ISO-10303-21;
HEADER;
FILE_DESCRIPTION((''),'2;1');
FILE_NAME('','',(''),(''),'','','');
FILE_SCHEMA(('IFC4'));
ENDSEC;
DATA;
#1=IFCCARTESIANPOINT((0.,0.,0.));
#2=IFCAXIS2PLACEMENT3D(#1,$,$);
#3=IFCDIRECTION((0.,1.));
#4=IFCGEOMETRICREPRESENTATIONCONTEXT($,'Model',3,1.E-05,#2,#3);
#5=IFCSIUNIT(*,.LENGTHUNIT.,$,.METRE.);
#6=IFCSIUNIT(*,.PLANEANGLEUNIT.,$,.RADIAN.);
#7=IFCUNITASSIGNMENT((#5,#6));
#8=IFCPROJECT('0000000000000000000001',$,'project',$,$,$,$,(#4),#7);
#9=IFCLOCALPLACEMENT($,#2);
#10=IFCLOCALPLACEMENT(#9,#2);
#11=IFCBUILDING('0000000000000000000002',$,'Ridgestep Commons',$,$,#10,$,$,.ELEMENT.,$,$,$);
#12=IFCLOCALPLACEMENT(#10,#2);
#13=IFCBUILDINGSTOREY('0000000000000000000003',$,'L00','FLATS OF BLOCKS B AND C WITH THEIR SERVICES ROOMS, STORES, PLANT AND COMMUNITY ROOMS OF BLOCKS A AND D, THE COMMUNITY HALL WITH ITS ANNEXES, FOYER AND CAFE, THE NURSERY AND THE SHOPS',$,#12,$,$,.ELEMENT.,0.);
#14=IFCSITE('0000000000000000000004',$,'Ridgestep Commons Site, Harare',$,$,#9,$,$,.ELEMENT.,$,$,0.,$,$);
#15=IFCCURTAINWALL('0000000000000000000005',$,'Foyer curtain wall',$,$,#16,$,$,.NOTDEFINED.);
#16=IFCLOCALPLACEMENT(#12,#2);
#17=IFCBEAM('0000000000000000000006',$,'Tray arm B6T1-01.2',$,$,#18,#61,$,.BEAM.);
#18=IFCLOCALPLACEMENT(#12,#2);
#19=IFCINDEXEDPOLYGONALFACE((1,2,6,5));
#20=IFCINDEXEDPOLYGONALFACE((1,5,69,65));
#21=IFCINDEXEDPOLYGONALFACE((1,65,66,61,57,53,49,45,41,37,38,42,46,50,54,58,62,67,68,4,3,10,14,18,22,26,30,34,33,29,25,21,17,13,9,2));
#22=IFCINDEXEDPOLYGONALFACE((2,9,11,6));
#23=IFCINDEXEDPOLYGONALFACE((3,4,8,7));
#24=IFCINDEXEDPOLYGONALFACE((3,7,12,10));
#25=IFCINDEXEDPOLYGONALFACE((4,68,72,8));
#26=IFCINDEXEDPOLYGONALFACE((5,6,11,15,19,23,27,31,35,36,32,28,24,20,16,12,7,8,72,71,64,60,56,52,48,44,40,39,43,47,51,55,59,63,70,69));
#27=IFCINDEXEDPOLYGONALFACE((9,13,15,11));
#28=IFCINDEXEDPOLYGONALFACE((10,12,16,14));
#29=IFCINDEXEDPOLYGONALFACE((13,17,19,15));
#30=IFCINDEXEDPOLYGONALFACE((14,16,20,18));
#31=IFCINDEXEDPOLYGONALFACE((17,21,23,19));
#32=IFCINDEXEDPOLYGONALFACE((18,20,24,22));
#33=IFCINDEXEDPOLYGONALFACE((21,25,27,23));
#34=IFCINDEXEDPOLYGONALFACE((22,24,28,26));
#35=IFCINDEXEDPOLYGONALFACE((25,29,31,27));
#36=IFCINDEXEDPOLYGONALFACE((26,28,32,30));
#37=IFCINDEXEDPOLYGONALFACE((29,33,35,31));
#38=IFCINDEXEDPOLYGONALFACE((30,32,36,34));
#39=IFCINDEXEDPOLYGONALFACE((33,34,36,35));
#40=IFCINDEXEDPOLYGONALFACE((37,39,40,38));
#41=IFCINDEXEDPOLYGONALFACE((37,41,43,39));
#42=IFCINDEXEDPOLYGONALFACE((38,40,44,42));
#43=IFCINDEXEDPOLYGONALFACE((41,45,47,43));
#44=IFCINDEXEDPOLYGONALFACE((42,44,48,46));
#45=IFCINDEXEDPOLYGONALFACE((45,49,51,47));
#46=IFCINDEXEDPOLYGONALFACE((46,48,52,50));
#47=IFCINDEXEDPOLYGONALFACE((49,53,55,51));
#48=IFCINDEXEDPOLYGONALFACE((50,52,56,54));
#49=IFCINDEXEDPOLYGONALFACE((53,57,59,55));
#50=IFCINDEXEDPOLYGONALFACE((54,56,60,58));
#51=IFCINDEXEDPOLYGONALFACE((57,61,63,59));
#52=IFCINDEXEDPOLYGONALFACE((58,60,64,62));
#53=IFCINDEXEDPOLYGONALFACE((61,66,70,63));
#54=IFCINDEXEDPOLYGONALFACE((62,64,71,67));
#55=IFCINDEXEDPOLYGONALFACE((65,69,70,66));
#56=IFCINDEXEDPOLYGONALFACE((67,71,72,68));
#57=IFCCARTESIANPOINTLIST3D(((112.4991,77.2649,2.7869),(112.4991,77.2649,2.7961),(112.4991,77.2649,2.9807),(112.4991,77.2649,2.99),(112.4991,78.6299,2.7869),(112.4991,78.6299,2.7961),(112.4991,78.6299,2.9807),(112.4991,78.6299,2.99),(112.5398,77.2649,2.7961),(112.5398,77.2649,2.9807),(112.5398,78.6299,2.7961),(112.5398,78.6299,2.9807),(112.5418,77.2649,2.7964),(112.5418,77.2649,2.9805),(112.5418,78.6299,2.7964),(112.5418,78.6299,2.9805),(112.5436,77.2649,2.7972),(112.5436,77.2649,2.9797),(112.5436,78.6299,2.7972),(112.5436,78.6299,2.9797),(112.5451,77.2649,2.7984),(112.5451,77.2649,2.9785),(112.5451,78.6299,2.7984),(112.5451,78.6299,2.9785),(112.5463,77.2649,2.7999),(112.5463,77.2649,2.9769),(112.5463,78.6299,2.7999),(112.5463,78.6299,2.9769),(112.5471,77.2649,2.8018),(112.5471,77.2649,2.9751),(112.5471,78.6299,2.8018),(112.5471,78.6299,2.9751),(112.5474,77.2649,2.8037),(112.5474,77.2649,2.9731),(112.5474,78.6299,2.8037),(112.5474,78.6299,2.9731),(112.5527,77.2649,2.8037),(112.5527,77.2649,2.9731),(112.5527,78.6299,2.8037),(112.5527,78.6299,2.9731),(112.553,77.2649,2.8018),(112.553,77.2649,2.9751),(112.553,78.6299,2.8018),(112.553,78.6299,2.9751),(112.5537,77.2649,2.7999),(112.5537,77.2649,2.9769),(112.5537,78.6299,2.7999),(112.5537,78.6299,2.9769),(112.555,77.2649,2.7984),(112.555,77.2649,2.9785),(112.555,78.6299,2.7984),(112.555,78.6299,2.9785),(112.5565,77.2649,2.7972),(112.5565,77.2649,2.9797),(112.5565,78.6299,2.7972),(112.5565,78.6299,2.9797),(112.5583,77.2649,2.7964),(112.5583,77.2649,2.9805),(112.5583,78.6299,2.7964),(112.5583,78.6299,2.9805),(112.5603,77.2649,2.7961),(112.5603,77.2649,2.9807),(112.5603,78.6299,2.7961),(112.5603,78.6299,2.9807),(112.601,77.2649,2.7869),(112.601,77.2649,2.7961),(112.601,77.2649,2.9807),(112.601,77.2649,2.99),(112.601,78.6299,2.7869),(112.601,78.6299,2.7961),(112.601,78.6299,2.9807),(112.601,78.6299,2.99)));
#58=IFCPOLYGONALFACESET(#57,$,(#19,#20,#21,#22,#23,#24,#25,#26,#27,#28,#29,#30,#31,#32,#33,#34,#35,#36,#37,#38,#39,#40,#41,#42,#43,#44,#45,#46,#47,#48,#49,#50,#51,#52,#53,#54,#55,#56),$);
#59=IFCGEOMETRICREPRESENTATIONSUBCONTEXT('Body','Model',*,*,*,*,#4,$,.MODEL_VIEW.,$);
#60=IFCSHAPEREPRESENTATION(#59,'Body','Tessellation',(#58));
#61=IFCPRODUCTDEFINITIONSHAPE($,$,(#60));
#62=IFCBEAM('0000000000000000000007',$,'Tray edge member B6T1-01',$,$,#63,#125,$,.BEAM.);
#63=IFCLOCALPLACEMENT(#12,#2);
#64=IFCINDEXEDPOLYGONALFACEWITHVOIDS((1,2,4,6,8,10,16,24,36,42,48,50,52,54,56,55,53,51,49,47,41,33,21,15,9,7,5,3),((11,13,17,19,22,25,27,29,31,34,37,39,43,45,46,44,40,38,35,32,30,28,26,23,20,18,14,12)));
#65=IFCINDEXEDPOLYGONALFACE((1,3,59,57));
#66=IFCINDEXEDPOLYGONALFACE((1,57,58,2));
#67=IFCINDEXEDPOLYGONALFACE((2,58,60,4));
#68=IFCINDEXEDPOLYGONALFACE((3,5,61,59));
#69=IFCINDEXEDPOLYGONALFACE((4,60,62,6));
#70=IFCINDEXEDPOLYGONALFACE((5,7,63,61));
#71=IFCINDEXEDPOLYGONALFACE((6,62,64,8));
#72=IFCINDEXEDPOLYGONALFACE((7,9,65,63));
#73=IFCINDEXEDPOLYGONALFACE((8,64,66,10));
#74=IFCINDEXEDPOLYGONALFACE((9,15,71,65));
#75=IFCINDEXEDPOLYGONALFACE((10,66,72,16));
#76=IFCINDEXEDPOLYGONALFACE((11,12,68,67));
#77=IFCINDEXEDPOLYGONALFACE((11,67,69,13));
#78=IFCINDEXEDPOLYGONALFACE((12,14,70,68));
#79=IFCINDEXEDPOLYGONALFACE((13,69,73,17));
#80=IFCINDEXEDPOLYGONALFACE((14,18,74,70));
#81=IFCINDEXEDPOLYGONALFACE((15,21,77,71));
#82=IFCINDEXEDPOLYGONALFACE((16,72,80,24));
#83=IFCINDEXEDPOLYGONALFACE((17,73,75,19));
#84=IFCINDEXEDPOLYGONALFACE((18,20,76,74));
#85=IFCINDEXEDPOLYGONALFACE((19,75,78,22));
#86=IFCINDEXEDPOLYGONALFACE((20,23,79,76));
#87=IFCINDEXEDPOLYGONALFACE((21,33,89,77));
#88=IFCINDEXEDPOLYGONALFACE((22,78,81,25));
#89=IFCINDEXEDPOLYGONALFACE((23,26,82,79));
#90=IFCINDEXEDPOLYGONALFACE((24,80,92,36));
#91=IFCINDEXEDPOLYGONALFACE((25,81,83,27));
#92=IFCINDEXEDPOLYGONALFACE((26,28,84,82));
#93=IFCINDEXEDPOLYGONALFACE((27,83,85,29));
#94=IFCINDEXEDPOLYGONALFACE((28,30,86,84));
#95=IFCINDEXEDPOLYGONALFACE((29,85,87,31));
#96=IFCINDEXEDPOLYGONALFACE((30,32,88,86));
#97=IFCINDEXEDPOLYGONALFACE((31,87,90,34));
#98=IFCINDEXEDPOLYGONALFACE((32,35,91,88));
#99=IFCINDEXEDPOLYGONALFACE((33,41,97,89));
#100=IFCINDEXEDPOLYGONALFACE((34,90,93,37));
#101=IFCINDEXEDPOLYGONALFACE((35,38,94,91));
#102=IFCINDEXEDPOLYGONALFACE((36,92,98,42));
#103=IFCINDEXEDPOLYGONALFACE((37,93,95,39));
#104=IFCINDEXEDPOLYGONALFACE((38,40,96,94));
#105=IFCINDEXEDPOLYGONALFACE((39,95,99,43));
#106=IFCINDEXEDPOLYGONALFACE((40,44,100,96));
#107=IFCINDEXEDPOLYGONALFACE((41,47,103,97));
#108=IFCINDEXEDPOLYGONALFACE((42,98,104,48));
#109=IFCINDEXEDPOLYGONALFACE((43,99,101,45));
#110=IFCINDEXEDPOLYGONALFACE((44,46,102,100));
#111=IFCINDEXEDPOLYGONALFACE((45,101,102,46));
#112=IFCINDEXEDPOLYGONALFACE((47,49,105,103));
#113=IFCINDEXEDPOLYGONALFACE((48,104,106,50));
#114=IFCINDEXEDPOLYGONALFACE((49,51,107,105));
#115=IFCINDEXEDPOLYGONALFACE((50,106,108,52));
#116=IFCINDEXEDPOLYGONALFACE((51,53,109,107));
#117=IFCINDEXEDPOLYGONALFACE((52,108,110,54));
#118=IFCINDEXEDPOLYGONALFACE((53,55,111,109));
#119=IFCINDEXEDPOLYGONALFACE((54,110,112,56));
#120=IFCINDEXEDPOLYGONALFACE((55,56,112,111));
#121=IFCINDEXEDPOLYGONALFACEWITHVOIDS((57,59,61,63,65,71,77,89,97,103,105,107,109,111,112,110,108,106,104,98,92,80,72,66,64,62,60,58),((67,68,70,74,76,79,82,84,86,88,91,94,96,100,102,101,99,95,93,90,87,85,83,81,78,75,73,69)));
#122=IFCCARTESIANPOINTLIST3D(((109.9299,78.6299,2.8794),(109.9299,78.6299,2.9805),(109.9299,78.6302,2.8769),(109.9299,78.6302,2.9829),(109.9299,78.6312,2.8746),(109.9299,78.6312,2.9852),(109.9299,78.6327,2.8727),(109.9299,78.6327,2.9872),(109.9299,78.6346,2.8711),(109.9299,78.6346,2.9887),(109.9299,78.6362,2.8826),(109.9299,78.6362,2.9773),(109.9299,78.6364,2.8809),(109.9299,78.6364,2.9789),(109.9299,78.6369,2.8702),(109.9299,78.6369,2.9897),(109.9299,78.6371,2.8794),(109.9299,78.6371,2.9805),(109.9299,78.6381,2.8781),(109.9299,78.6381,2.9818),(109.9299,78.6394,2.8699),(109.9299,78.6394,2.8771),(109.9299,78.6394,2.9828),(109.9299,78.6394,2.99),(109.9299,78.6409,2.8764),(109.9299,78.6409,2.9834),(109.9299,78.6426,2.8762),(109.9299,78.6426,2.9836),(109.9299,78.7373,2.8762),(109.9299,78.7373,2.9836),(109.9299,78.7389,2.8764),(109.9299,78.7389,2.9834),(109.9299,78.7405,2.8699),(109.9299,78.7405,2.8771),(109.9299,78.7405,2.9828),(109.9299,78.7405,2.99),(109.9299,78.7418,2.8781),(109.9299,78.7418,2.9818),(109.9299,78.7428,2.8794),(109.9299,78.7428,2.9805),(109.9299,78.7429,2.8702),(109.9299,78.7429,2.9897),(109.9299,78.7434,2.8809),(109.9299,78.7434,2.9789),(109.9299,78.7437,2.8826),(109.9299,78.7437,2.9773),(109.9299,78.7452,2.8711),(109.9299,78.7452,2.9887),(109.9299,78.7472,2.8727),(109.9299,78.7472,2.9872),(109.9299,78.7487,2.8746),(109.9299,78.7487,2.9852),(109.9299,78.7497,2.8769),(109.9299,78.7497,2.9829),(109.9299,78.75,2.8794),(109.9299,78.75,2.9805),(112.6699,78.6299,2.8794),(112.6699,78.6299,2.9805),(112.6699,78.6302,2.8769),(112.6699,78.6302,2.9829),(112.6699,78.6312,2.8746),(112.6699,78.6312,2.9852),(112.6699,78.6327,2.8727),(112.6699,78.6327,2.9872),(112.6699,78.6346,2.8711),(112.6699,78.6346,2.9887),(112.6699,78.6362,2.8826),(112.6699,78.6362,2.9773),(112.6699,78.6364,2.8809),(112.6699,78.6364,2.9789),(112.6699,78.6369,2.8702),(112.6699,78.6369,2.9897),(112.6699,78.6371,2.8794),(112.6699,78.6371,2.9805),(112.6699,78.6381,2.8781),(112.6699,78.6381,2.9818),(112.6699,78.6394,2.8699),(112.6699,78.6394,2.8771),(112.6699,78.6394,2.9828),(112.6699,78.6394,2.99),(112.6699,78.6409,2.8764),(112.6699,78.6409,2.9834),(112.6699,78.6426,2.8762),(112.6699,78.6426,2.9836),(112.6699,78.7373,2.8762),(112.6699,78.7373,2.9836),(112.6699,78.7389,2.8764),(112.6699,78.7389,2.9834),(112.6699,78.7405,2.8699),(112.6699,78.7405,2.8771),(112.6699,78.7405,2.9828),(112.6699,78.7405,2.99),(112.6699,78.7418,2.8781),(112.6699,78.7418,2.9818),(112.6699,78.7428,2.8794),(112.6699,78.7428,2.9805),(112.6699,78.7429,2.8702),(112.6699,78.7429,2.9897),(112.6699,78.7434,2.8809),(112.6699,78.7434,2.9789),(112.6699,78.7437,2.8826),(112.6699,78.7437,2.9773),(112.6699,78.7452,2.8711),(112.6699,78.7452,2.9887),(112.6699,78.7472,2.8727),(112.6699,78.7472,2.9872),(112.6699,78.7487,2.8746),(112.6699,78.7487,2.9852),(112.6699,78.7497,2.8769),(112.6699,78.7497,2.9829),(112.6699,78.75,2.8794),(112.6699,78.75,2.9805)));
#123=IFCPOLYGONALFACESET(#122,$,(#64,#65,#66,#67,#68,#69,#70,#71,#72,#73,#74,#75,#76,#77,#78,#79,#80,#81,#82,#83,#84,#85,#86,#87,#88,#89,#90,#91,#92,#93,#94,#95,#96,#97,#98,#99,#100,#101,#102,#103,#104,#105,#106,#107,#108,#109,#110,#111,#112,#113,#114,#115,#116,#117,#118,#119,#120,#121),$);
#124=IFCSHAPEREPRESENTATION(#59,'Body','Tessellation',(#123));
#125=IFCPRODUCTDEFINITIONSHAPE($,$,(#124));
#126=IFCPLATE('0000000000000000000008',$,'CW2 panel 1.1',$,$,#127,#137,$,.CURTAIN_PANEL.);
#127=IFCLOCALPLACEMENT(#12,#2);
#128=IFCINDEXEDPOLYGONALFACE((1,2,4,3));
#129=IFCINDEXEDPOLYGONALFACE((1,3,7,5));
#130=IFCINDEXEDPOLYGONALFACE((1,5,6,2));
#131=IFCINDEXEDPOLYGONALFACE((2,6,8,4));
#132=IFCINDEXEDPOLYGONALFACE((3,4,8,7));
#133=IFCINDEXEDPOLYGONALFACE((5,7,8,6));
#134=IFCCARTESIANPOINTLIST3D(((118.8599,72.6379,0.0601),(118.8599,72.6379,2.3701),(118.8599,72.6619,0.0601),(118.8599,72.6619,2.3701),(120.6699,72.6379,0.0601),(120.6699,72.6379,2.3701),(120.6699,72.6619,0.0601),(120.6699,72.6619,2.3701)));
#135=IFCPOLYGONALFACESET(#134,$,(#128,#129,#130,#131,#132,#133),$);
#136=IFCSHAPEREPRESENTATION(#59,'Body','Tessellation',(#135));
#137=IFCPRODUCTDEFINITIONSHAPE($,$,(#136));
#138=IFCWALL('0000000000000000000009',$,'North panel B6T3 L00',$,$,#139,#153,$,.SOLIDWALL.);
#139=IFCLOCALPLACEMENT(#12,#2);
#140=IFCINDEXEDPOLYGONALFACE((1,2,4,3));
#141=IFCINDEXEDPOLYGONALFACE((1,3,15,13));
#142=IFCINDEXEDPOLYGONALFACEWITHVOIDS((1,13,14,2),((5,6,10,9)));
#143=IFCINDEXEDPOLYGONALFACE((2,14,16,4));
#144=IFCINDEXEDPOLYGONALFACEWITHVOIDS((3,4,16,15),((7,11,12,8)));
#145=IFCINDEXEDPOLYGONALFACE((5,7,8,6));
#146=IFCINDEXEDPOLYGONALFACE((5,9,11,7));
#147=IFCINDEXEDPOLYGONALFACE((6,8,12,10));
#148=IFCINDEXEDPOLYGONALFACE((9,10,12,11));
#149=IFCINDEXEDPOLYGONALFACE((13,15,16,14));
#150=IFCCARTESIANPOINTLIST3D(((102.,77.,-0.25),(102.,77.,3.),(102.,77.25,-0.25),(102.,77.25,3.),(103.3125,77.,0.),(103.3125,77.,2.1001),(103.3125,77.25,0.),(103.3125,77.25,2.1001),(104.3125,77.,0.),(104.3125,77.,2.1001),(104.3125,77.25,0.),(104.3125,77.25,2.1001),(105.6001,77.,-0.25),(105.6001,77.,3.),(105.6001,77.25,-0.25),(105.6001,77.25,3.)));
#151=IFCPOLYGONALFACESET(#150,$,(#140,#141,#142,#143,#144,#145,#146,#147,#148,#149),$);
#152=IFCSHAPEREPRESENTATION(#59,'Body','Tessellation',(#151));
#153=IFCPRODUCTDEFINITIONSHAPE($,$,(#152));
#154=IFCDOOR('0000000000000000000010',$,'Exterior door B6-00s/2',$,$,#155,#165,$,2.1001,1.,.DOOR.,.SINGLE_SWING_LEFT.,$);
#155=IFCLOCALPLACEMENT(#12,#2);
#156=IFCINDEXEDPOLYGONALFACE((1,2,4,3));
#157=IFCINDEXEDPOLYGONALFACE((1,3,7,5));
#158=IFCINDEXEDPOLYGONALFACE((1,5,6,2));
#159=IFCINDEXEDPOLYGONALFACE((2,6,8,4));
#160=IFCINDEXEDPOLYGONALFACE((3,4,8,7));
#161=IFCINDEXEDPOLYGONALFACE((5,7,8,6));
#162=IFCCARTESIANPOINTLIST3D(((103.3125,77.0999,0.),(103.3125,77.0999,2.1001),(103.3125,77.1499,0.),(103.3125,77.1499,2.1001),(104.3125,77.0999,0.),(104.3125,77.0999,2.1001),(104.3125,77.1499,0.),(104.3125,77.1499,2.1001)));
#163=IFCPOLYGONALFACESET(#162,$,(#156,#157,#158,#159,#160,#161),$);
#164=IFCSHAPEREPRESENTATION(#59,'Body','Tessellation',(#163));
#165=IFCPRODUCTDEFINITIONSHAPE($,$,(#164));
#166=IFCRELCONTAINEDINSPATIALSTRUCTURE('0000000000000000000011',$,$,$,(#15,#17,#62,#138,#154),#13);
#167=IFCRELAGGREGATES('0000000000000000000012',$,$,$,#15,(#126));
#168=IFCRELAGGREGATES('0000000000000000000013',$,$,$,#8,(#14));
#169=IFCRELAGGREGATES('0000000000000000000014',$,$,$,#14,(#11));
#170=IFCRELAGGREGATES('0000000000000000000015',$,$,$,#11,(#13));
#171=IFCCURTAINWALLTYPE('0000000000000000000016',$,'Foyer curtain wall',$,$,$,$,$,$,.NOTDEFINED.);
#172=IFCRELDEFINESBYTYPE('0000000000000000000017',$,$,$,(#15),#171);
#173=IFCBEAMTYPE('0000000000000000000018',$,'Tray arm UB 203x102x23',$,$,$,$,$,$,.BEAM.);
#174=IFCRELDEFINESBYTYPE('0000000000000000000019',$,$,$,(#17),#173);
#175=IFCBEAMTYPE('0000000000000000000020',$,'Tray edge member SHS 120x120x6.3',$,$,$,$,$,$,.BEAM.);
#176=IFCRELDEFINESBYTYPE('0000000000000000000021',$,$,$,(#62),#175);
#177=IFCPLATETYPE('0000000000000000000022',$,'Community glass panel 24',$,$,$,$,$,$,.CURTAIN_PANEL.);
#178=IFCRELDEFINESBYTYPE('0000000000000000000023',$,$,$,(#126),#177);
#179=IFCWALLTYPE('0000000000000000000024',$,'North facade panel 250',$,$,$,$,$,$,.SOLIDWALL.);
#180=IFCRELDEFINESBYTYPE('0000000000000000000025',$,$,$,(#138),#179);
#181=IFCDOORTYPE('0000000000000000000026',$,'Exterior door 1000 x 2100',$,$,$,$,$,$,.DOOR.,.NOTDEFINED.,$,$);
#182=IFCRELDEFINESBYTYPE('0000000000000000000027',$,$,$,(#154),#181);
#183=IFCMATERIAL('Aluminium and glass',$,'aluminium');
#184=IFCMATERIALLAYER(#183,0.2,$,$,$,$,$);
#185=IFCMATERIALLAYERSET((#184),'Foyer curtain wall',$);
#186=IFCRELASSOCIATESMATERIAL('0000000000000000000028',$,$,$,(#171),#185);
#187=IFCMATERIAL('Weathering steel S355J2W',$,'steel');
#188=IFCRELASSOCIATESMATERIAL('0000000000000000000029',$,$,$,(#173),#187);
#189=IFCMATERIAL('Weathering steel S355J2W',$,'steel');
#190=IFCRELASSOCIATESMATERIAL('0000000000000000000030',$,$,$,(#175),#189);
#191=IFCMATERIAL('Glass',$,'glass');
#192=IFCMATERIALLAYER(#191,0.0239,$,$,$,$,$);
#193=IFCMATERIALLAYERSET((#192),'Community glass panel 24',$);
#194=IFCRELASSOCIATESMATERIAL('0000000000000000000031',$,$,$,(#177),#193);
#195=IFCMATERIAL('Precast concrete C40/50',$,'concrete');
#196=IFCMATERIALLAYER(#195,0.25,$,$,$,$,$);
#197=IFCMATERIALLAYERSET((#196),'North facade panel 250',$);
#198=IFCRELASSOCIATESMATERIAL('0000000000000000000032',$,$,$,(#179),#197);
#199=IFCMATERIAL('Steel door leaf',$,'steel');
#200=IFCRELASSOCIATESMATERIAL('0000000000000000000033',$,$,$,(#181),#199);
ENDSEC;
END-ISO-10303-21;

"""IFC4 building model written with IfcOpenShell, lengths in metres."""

from ifc_helpers import new_model, si_unit, direction, frame, frame_2d, origin, origin_2d, place, context, subcontext, project, spatial, rectangle, hollow_rectangle, i_section, extrude, material, layer, layer_set, material_profile, profile_set, type_object, element, fill, aggregate, save


model = new_model("IFC4")

# Units and contexts
model_context = context("Model", 3, precision=1e-05, world=origin(), true_north=direction((0.0, 1.0)))
body_context = subcontext(model_context, "Body", "Model", "MODEL_VIEW")
ifc_project = project(units=[si_unit("LENGTHUNIT", "METRE"), si_unit("PLANEANGLEUNIT", "RADIAN")], contexts=[model_context])

# Site, building, storey
site_placement = place(None, origin())
site = spatial("IfcSite", under=ifc_project, at=site_placement, Name="Ridgestep Commons Site, Harare", CompositionType="ELEMENT", RefElevation=0.0)
building_placement = place(site_placement, origin())
building = spatial("IfcBuilding", under=site, at=building_placement, Name="Ridgestep Commons", CompositionType="ELEMENT")
storey_placement = place(building_placement, origin())
storey = spatial("IfcBuildingStorey", under=building, at=storey_placement, Name="L00", Description="FLATS OF BLOCKS B AND C WITH THEIR SERVICES ROOMS, STORES, PLANT AND COMMUNITY ROOMS OF BLOCKS A AND D, THE COMMUNITY HALL WITH ITS ANNEXES, FOYER AND CAFE, THE NURSERY AND THE SHOPS", CompositionType="ELEMENT", Elevation=0.0)

# Curtain wall
ifc_material_1 = material(Name="Aluminium and glass", Category="aluminium")
ifc_layer_1 = layer(ifc_material_1, 0.2)
ifc_layer_set_1 = layer_set([ifc_layer_1], Name="Foyer curtain wall")
curtain_wall_type = type_object("IfcCurtainWallType", Name="Foyer curtain wall", PredefinedType="NOTDEFINED", material=ifc_layer_set_1)
curtain_wall_placement = place(storey_placement, origin())
curtain_wall = element("IfcCurtainWall", 1, at=curtain_wall_placement, inside=storey, type_object=curtain_wall_type, Name="Foyer curtain wall", PredefinedType="NOTDEFINED")

# Beams
ifc_material_2 = material(Name="Weathering steel S355J2W", Category="steel")
ifc_material_profile_1 = material_profile(ifc_material_2, i_section(OverallWidth=0.1018, OverallDepth=0.2031, WebThickness=0.0054, FlangeThickness=0.0093, FilletRadius=0.0076, at=origin_2d()), Name="UB 203x102x23")
ifc_profile_set_1 = profile_set([ifc_material_profile_1], Name="Weathering steel S355J2W")
beam_type_1 = type_object("IfcBeamType", Name="Tray arm UB 203x102x23", PredefinedType="BEAM", material=ifc_profile_set_1)
for number, where, z_axis, x_axis, name in (
    (2, (112.55, 77.2649, 2.8884), (0.0, 1.0, 0.0), (-1.0, 0.0, 0.0), "Tray arm B6T1-01.2"),
):
    element("IfcBeam", number, at=place(storey_placement, frame(where, z_axis=z_axis, x_axis=x_axis)), inside=storey, type_object=beam_type_1, Name=name, PredefinedType="BEAM", context=body_context, shape_type="SweptSolid", body=[
        extrude(i_section(OverallWidth=0.1018, OverallDepth=0.2031, WebThickness=0.0054, FlangeThickness=0.0093, FilletRadius=0.0076, at=origin_2d()), origin(), (0.0, 0.0, 1.0), 1.365),
    ])
ifc_material_3 = material(Name="Weathering steel S355J2W", Category="steel")
ifc_material_profile_2 = material_profile(ifc_material_3, hollow_rectangle(XDim=0.1201, YDim=0.1201, WallThickness=0.0063, InnerFilletRadius=0.0063, OuterFilletRadius=0.0095, at=origin_2d()), Name="SHS 120x120x6.3")
ifc_profile_set_2 = profile_set([ifc_material_profile_2], Name="Weathering steel S355J2W")
beam_type_2 = type_object("IfcBeamType", Name="Tray edge member SHS 120x120x6.3", PredefinedType="BEAM", material=ifc_profile_set_2)
beam_placement = place(storey_placement, frame((109.9299, 78.6899, 2.9299), z_axis=(1.0, 0.0, 0.0), x_axis=(0.0, 0.0, 1.0)))
element("IfcBeam", 3, at=beam_placement, inside=storey, type_object=beam_type_2, Name="Tray edge member B6T1-01", PredefinedType="BEAM", context=body_context, shape_type="SweptSolid", body=[
    extrude(hollow_rectangle(XDim=0.1201, YDim=0.1201, WallThickness=0.0063, InnerFilletRadius=0.0063, OuterFilletRadius=0.0095, at=origin_2d()), origin(), (0.0, 0.0, 1.0), 2.74),
])

# Plate
ifc_material_4 = material(Name="Glass", Category="glass")
ifc_layer_2 = layer(ifc_material_4, 0.0239)
ifc_layer_set_2 = layer_set([ifc_layer_2], Name="Community glass panel 24")
plate_type = type_object("IfcPlateType", Name="Community glass panel 24", PredefinedType="CURTAIN_PANEL", material=ifc_layer_set_2)
plate_placement = place(storey_placement, frame((119.7649, 72.6499, 0.0601), z_axis=(0.0, 0.0, 1.0), x_axis=(1.0, 0.0, 0.0)))
plate = element("IfcPlate", 4, at=plate_placement, type_object=plate_type, Name="CW2 panel 1.1", PredefinedType="CURTAIN_PANEL", context=body_context, shape_type="SweptSolid", body=[
    extrude(rectangle(XDim=1.8101, YDim=0.0239, at=origin_2d()), origin(), (0.0, 0.0, 1.0), 2.3101),
])
aggregate(curtain_wall, [plate])

# Wall, opening, door
ifc_material_5 = material(Name="Precast concrete C40/50", Category="concrete")
ifc_layer_3 = layer(ifc_material_5, 0.25)
ifc_layer_set_3 = layer_set([ifc_layer_3], Name="North facade panel 250")
wall_type = type_object("IfcWallType", Name="North facade panel 250", PredefinedType="SOLIDWALL", material=ifc_layer_set_3)
wall_1_placement = place(storey_placement, frame((102.0, 77.125, -0.25), z_axis=(0.0, 0.0, 1.0), x_axis=(1.0, 0.0, 0.0)))
wall_1 = element("IfcWall", 5, at=wall_1_placement, inside=storey, type_object=wall_type, Name="North panel B6T3 L00", PredefinedType="SOLIDWALL", context=body_context, shape_type="SweptSolid", body=[
    extrude(rectangle(XDim=3.6001, YDim=0.25, at=frame_2d((1.8, 0.0))), origin(), (0.0, 0.0, 1.0), 3.25),
])
opening_1_placement = place(wall_1_placement, frame((1.3125, 0.0, 0.25)))
opening_1 = element("IfcOpeningElement", 6, at=opening_1_placement, cuts=wall_1, PredefinedType="OPENING", context=body_context, shape_type="SweptSolid", body=[
    extrude(rectangle(XDim=1.0, YDim=2.1001, at=frame_2d((0.5, 1.05))), frame((0.0, 0.135, 0.0), z_axis=(0.0, -1.0, 0.0), x_axis=(1.0, 0.0, 0.0)), (0.0, 0.0, 1.0), 0.27),
])
ifc_material_6 = material(Name="Steel door leaf", Category="steel")
door_type = type_object("IfcDoorType", Name="Exterior door 1000 x 2100", OperationType="NOTDEFINED", PredefinedType="DOOR", material=ifc_material_6)
door_1_placement = place(opening_1_placement, origin())
door_1 = element("IfcDoor", 7, at=door_1_placement, inside=storey, type_object=door_type, Name="Exterior door B6-00s/2", OperationType="SINGLE_SWING_LEFT", OverallHeight=2.1001, OverallWidth=1.0, PredefinedType="DOOR", context=body_context, shape_type="SweptSolid", body=[
    extrude(rectangle(XDim=1.0, YDim=2.1001, at=frame_2d((0.5, 1.05))), frame((0.0, 0.0249, 0.0), z_axis=(0.0, -1.0, 0.0), x_axis=(1.0, 0.0, 0.0)), (0.0, 0.0, 1.0), 0.05),
])
fill(opening_1, door_1)

save(model, "model.ifc")
